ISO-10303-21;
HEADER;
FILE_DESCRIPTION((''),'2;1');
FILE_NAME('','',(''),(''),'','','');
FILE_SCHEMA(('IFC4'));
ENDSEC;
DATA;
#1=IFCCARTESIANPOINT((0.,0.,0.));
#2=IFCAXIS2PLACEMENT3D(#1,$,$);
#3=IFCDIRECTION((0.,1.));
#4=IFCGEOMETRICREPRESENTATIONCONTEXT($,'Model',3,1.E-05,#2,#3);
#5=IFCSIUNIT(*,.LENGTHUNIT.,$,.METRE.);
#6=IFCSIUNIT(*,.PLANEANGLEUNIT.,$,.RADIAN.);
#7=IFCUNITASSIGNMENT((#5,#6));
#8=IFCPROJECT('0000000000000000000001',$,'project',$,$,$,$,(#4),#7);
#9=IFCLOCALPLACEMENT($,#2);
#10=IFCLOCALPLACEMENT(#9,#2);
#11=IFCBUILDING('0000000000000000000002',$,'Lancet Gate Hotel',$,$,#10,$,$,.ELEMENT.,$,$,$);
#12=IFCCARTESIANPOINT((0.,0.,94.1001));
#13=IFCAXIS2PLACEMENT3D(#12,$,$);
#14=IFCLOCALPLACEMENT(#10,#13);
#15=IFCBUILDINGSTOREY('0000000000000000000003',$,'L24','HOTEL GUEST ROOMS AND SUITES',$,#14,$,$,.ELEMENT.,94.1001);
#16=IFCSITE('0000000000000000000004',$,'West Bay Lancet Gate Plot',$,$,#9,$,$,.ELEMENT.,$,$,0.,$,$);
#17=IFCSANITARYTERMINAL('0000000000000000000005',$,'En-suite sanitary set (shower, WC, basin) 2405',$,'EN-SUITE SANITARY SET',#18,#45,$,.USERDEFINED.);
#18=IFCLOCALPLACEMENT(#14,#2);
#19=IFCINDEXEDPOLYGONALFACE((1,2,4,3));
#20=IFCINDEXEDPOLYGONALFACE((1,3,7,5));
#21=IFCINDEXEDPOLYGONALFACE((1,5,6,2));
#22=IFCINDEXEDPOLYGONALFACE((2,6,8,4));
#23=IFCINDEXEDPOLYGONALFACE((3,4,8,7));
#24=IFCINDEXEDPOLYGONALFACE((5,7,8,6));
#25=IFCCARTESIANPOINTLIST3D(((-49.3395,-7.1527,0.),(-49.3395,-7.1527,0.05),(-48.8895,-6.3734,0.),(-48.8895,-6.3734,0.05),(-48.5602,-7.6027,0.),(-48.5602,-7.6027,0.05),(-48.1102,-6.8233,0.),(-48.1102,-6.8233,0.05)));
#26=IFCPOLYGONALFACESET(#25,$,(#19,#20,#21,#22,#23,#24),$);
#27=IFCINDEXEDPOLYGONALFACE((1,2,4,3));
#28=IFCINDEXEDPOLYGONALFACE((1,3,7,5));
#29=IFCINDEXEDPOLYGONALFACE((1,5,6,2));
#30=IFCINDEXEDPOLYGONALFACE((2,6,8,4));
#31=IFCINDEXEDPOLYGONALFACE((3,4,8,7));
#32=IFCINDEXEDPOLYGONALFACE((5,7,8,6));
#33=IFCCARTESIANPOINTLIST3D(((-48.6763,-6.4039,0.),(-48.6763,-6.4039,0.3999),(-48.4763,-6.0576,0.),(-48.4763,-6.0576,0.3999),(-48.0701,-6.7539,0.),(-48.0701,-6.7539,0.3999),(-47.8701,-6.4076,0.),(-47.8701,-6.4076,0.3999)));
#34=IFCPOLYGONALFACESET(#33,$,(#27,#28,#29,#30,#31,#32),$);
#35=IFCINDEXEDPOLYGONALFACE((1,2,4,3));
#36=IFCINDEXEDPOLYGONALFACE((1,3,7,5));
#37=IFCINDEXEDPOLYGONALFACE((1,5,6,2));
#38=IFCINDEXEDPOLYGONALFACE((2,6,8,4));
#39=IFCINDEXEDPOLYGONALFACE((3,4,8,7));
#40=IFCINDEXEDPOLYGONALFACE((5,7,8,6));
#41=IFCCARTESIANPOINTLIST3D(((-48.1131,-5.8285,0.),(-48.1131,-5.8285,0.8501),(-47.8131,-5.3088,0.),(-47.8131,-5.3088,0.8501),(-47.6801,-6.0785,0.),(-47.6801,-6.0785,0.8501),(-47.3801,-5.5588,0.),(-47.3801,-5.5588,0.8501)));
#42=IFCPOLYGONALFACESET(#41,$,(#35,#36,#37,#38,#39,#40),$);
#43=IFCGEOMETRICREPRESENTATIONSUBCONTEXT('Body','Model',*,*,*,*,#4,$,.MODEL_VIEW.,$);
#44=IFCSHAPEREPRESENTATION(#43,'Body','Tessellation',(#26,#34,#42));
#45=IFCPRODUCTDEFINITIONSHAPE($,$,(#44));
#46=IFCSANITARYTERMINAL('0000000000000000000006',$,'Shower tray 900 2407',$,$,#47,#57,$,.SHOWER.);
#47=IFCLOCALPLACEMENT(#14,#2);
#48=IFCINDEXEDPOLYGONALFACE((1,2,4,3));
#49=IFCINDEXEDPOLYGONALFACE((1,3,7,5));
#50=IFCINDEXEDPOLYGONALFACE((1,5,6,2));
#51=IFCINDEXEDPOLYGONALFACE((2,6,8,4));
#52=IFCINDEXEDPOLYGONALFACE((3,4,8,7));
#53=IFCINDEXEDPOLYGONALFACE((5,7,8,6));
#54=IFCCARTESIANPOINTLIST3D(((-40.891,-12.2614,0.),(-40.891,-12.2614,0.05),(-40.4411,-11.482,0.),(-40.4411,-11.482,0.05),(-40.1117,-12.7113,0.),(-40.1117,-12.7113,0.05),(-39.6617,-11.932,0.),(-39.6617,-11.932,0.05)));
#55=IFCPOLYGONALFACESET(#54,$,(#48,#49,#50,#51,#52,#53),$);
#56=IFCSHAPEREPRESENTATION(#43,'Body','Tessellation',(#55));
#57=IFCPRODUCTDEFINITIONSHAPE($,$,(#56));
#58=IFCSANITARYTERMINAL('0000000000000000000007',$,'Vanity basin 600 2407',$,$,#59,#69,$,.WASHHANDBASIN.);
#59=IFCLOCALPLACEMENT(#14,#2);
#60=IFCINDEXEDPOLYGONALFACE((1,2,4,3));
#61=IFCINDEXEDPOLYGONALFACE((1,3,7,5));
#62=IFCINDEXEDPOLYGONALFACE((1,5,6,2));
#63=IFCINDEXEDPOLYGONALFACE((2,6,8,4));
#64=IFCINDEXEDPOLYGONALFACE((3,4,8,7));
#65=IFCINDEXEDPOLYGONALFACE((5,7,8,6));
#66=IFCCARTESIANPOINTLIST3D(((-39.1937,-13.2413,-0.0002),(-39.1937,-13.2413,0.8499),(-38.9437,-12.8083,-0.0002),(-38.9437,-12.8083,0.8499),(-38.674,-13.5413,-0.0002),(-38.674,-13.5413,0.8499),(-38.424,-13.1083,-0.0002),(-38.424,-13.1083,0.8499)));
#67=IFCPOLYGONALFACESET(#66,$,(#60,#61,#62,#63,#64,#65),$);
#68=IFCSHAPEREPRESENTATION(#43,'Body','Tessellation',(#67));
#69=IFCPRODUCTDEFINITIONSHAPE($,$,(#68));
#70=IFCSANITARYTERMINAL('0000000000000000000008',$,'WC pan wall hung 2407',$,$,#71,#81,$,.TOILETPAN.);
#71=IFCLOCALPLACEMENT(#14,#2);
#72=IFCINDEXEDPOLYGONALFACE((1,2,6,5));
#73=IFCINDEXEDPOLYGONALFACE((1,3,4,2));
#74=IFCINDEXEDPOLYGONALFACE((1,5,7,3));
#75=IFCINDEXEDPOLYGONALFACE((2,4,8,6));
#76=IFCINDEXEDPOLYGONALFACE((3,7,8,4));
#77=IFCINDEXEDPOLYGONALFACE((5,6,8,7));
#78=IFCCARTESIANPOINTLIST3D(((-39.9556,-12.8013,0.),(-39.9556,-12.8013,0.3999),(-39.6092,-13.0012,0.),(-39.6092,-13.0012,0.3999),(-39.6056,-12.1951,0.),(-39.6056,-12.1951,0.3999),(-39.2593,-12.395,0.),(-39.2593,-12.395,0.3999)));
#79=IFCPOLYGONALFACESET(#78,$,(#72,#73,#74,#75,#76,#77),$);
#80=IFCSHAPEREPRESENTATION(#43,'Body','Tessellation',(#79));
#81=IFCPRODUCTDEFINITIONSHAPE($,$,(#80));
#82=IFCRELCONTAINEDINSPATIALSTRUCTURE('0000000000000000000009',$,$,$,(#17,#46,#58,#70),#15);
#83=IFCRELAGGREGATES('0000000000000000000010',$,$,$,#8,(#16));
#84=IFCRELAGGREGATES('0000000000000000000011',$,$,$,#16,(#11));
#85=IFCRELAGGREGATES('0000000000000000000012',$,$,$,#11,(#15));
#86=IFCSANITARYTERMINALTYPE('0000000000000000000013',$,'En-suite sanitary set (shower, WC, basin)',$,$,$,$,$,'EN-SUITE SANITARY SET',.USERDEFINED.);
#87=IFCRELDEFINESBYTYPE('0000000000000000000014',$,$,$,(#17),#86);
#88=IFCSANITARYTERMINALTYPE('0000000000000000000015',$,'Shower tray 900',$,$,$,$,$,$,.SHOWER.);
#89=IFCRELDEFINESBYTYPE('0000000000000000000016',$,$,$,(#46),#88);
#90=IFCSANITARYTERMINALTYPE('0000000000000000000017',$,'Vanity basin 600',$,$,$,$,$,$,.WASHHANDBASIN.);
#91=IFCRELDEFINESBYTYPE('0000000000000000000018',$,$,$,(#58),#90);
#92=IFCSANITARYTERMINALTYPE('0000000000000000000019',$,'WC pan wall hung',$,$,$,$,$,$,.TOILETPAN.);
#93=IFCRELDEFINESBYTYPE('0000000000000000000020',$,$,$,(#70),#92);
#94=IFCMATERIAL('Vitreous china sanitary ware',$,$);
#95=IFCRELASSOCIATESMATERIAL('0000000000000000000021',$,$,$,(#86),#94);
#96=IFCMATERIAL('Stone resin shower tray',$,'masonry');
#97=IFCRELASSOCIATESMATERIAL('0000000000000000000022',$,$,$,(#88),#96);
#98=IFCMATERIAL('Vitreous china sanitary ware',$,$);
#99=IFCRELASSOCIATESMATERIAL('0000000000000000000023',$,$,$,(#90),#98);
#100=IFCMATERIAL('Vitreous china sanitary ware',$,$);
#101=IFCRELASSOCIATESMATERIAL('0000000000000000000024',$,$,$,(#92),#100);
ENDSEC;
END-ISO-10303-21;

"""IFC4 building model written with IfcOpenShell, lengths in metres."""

from ifc_helpers import new_model, si_unit, direction, frame, origin, origin_2d, place, context, subcontext, project, spatial, rectangle, extrude, material, type_object, element, save


model = new_model("IFC4")

# Units and contexts
model_context = context("Model", 3, precision=1e-05, world=origin(), true_north=direction((0.0, 1.0)))
body_context = subcontext(model_context, "Body", "Model", "MODEL_VIEW")
ifc_project = project(units=[si_unit("LENGTHUNIT", "METRE"), si_unit("PLANEANGLEUNIT", "RADIAN")], contexts=[model_context])

# Site, building, storey
site_placement = place(None, origin())
site = spatial("IfcSite", under=ifc_project, at=site_placement, Name="West Bay Lancet Gate Plot", CompositionType="ELEMENT", RefElevation=0.0)
building_placement = place(site_placement, origin())
building = spatial("IfcBuilding", under=site, at=building_placement, Name="Lancet Gate Hotel", CompositionType="ELEMENT")
storey_placement = place(building_placement, frame((0.0, 0.0, 94.1001)))
storey = spatial("IfcBuildingStorey", under=building, at=storey_placement, Name="L24", Description="HOTEL GUEST ROOMS AND SUITES", CompositionType="ELEMENT", Elevation=94.1001)

# Sanitary terminals
ifc_material_1 = material(Name="Vitreous china sanitary ware")
sanitary_terminal_type_1 = type_object("IfcSanitaryTerminalType", Name="En-suite sanitary set (shower, WC, basin)", ElementType="EN-SUITE SANITARY SET", PredefinedType="USERDEFINED", material=ifc_material_1)
sanitary_terminal_1_placement = place(storey_placement, frame((-48.7249, -6.988, 0.0), z_axis=(0.0, 0.0, 1.0), x_axis=(1.0, 0.0, 0.0)))
element("IfcSanitaryTerminal", 1, at=sanitary_terminal_1_placement, inside=storey, type_object=sanitary_terminal_type_1, Name="En-suite sanitary set (shower, WC, basin) 2405", ObjectType="EN-SUITE SANITARY SET", PredefinedType="USERDEFINED", context=body_context, shape_type="SweptSolid", body=[
    extrude(rectangle(XDim=0.8999, YDim=0.8999, at=origin_2d()), frame((0.0, 0.0, 0.0), z_axis=(0.0, 0.0, 1.0), x_axis=(-0.5, -0.866025, 0.0)), (0.0, 0.0, 1.0), 0.05),
    extrude(rectangle(XDim=0.3999, YDim=0.7, at=origin_2d()), frame((0.4517, 0.5823, 0.0), z_axis=(0.0, 0.0, 1.0), x_axis=(-0.5, -0.866025, 0.0)), (0.0, 0.0, 1.0), 0.3999),
    extrude(rectangle(XDim=0.6001, YDim=0.5, at=origin_2d()), frame((0.9783, 1.2944, 0.0), z_axis=(0.0, 0.0, 1.0), x_axis=(-0.5, -0.866025, 0.0)), (0.0, 0.0, 1.0), 0.8501),
])
ifc_material_2 = material(Name="Stone resin shower tray", Category="masonry")
sanitary_terminal_type_2 = type_object("IfcSanitaryTerminalType", Name="Shower tray 900", PredefinedType="SHOWER", material=ifc_material_2)
sanitary_terminal_2_placement = place(storey_placement, frame((-40.2764, -12.0967, 0.0), z_axis=(0.0, 0.0, 1.0), x_axis=(-0.866025, 0.5, 0.0)))
element("IfcSanitaryTerminal", 2, at=sanitary_terminal_2_placement, inside=storey, type_object=sanitary_terminal_type_2, Name="Shower tray 900 2407", PredefinedType="SHOWER", context=body_context, shape_type="SweptSolid", body=[
    extrude(rectangle(XDim=0.8999, YDim=0.8999, at=origin_2d()), origin(), (0.0, 0.0, 1.0), 0.05),
])
ifc_material_3 = material(Name="Vitreous china sanitary ware")
sanitary_terminal_type_3 = type_object("IfcSanitaryTerminalType", Name="Vanity basin 600", PredefinedType="WASHHANDBASIN", material=ifc_material_3)
sanitary_terminal_3_placement = place(storey_placement, frame((-38.8088, -13.1748, -0.0002), z_axis=(0.0, 0.0, 1.0), x_axis=(-0.866025, 0.5, 0.0)))
element("IfcSanitaryTerminal", 3, at=sanitary_terminal_3_placement, inside=storey, type_object=sanitary_terminal_type_3, Name="Vanity basin 600 2407", PredefinedType="WASHHANDBASIN", context=body_context, shape_type="SweptSolid", body=[
    extrude(rectangle(XDim=0.6001, YDim=0.5, at=origin_2d()), origin(), (0.0, 0.0, 1.0), 0.8501),
])
ifc_material_4 = material(Name="Vitreous china sanitary ware")
sanitary_terminal_type_4 = type_object("IfcSanitaryTerminalType", Name="WC pan wall hung", PredefinedType="TOILETPAN", material=ifc_material_4)
sanitary_terminal_4_placement = place(storey_placement, frame((-39.6074, -12.5981, 0.0), z_axis=(0.0, 0.0, 1.0), x_axis=(-0.866025, 0.5, 0.0)))
element("IfcSanitaryTerminal", 4, at=sanitary_terminal_4_placement, inside=storey, type_object=sanitary_terminal_type_4, Name="WC pan wall hung 2407", PredefinedType="TOILETPAN", context=body_context, shape_type="SweptSolid", body=[
    extrude(rectangle(XDim=0.3999, YDim=0.7, at=origin_2d()), origin(), (0.0, 0.0, 1.0), 0.3999),
])

save(model, "model.ifc")
